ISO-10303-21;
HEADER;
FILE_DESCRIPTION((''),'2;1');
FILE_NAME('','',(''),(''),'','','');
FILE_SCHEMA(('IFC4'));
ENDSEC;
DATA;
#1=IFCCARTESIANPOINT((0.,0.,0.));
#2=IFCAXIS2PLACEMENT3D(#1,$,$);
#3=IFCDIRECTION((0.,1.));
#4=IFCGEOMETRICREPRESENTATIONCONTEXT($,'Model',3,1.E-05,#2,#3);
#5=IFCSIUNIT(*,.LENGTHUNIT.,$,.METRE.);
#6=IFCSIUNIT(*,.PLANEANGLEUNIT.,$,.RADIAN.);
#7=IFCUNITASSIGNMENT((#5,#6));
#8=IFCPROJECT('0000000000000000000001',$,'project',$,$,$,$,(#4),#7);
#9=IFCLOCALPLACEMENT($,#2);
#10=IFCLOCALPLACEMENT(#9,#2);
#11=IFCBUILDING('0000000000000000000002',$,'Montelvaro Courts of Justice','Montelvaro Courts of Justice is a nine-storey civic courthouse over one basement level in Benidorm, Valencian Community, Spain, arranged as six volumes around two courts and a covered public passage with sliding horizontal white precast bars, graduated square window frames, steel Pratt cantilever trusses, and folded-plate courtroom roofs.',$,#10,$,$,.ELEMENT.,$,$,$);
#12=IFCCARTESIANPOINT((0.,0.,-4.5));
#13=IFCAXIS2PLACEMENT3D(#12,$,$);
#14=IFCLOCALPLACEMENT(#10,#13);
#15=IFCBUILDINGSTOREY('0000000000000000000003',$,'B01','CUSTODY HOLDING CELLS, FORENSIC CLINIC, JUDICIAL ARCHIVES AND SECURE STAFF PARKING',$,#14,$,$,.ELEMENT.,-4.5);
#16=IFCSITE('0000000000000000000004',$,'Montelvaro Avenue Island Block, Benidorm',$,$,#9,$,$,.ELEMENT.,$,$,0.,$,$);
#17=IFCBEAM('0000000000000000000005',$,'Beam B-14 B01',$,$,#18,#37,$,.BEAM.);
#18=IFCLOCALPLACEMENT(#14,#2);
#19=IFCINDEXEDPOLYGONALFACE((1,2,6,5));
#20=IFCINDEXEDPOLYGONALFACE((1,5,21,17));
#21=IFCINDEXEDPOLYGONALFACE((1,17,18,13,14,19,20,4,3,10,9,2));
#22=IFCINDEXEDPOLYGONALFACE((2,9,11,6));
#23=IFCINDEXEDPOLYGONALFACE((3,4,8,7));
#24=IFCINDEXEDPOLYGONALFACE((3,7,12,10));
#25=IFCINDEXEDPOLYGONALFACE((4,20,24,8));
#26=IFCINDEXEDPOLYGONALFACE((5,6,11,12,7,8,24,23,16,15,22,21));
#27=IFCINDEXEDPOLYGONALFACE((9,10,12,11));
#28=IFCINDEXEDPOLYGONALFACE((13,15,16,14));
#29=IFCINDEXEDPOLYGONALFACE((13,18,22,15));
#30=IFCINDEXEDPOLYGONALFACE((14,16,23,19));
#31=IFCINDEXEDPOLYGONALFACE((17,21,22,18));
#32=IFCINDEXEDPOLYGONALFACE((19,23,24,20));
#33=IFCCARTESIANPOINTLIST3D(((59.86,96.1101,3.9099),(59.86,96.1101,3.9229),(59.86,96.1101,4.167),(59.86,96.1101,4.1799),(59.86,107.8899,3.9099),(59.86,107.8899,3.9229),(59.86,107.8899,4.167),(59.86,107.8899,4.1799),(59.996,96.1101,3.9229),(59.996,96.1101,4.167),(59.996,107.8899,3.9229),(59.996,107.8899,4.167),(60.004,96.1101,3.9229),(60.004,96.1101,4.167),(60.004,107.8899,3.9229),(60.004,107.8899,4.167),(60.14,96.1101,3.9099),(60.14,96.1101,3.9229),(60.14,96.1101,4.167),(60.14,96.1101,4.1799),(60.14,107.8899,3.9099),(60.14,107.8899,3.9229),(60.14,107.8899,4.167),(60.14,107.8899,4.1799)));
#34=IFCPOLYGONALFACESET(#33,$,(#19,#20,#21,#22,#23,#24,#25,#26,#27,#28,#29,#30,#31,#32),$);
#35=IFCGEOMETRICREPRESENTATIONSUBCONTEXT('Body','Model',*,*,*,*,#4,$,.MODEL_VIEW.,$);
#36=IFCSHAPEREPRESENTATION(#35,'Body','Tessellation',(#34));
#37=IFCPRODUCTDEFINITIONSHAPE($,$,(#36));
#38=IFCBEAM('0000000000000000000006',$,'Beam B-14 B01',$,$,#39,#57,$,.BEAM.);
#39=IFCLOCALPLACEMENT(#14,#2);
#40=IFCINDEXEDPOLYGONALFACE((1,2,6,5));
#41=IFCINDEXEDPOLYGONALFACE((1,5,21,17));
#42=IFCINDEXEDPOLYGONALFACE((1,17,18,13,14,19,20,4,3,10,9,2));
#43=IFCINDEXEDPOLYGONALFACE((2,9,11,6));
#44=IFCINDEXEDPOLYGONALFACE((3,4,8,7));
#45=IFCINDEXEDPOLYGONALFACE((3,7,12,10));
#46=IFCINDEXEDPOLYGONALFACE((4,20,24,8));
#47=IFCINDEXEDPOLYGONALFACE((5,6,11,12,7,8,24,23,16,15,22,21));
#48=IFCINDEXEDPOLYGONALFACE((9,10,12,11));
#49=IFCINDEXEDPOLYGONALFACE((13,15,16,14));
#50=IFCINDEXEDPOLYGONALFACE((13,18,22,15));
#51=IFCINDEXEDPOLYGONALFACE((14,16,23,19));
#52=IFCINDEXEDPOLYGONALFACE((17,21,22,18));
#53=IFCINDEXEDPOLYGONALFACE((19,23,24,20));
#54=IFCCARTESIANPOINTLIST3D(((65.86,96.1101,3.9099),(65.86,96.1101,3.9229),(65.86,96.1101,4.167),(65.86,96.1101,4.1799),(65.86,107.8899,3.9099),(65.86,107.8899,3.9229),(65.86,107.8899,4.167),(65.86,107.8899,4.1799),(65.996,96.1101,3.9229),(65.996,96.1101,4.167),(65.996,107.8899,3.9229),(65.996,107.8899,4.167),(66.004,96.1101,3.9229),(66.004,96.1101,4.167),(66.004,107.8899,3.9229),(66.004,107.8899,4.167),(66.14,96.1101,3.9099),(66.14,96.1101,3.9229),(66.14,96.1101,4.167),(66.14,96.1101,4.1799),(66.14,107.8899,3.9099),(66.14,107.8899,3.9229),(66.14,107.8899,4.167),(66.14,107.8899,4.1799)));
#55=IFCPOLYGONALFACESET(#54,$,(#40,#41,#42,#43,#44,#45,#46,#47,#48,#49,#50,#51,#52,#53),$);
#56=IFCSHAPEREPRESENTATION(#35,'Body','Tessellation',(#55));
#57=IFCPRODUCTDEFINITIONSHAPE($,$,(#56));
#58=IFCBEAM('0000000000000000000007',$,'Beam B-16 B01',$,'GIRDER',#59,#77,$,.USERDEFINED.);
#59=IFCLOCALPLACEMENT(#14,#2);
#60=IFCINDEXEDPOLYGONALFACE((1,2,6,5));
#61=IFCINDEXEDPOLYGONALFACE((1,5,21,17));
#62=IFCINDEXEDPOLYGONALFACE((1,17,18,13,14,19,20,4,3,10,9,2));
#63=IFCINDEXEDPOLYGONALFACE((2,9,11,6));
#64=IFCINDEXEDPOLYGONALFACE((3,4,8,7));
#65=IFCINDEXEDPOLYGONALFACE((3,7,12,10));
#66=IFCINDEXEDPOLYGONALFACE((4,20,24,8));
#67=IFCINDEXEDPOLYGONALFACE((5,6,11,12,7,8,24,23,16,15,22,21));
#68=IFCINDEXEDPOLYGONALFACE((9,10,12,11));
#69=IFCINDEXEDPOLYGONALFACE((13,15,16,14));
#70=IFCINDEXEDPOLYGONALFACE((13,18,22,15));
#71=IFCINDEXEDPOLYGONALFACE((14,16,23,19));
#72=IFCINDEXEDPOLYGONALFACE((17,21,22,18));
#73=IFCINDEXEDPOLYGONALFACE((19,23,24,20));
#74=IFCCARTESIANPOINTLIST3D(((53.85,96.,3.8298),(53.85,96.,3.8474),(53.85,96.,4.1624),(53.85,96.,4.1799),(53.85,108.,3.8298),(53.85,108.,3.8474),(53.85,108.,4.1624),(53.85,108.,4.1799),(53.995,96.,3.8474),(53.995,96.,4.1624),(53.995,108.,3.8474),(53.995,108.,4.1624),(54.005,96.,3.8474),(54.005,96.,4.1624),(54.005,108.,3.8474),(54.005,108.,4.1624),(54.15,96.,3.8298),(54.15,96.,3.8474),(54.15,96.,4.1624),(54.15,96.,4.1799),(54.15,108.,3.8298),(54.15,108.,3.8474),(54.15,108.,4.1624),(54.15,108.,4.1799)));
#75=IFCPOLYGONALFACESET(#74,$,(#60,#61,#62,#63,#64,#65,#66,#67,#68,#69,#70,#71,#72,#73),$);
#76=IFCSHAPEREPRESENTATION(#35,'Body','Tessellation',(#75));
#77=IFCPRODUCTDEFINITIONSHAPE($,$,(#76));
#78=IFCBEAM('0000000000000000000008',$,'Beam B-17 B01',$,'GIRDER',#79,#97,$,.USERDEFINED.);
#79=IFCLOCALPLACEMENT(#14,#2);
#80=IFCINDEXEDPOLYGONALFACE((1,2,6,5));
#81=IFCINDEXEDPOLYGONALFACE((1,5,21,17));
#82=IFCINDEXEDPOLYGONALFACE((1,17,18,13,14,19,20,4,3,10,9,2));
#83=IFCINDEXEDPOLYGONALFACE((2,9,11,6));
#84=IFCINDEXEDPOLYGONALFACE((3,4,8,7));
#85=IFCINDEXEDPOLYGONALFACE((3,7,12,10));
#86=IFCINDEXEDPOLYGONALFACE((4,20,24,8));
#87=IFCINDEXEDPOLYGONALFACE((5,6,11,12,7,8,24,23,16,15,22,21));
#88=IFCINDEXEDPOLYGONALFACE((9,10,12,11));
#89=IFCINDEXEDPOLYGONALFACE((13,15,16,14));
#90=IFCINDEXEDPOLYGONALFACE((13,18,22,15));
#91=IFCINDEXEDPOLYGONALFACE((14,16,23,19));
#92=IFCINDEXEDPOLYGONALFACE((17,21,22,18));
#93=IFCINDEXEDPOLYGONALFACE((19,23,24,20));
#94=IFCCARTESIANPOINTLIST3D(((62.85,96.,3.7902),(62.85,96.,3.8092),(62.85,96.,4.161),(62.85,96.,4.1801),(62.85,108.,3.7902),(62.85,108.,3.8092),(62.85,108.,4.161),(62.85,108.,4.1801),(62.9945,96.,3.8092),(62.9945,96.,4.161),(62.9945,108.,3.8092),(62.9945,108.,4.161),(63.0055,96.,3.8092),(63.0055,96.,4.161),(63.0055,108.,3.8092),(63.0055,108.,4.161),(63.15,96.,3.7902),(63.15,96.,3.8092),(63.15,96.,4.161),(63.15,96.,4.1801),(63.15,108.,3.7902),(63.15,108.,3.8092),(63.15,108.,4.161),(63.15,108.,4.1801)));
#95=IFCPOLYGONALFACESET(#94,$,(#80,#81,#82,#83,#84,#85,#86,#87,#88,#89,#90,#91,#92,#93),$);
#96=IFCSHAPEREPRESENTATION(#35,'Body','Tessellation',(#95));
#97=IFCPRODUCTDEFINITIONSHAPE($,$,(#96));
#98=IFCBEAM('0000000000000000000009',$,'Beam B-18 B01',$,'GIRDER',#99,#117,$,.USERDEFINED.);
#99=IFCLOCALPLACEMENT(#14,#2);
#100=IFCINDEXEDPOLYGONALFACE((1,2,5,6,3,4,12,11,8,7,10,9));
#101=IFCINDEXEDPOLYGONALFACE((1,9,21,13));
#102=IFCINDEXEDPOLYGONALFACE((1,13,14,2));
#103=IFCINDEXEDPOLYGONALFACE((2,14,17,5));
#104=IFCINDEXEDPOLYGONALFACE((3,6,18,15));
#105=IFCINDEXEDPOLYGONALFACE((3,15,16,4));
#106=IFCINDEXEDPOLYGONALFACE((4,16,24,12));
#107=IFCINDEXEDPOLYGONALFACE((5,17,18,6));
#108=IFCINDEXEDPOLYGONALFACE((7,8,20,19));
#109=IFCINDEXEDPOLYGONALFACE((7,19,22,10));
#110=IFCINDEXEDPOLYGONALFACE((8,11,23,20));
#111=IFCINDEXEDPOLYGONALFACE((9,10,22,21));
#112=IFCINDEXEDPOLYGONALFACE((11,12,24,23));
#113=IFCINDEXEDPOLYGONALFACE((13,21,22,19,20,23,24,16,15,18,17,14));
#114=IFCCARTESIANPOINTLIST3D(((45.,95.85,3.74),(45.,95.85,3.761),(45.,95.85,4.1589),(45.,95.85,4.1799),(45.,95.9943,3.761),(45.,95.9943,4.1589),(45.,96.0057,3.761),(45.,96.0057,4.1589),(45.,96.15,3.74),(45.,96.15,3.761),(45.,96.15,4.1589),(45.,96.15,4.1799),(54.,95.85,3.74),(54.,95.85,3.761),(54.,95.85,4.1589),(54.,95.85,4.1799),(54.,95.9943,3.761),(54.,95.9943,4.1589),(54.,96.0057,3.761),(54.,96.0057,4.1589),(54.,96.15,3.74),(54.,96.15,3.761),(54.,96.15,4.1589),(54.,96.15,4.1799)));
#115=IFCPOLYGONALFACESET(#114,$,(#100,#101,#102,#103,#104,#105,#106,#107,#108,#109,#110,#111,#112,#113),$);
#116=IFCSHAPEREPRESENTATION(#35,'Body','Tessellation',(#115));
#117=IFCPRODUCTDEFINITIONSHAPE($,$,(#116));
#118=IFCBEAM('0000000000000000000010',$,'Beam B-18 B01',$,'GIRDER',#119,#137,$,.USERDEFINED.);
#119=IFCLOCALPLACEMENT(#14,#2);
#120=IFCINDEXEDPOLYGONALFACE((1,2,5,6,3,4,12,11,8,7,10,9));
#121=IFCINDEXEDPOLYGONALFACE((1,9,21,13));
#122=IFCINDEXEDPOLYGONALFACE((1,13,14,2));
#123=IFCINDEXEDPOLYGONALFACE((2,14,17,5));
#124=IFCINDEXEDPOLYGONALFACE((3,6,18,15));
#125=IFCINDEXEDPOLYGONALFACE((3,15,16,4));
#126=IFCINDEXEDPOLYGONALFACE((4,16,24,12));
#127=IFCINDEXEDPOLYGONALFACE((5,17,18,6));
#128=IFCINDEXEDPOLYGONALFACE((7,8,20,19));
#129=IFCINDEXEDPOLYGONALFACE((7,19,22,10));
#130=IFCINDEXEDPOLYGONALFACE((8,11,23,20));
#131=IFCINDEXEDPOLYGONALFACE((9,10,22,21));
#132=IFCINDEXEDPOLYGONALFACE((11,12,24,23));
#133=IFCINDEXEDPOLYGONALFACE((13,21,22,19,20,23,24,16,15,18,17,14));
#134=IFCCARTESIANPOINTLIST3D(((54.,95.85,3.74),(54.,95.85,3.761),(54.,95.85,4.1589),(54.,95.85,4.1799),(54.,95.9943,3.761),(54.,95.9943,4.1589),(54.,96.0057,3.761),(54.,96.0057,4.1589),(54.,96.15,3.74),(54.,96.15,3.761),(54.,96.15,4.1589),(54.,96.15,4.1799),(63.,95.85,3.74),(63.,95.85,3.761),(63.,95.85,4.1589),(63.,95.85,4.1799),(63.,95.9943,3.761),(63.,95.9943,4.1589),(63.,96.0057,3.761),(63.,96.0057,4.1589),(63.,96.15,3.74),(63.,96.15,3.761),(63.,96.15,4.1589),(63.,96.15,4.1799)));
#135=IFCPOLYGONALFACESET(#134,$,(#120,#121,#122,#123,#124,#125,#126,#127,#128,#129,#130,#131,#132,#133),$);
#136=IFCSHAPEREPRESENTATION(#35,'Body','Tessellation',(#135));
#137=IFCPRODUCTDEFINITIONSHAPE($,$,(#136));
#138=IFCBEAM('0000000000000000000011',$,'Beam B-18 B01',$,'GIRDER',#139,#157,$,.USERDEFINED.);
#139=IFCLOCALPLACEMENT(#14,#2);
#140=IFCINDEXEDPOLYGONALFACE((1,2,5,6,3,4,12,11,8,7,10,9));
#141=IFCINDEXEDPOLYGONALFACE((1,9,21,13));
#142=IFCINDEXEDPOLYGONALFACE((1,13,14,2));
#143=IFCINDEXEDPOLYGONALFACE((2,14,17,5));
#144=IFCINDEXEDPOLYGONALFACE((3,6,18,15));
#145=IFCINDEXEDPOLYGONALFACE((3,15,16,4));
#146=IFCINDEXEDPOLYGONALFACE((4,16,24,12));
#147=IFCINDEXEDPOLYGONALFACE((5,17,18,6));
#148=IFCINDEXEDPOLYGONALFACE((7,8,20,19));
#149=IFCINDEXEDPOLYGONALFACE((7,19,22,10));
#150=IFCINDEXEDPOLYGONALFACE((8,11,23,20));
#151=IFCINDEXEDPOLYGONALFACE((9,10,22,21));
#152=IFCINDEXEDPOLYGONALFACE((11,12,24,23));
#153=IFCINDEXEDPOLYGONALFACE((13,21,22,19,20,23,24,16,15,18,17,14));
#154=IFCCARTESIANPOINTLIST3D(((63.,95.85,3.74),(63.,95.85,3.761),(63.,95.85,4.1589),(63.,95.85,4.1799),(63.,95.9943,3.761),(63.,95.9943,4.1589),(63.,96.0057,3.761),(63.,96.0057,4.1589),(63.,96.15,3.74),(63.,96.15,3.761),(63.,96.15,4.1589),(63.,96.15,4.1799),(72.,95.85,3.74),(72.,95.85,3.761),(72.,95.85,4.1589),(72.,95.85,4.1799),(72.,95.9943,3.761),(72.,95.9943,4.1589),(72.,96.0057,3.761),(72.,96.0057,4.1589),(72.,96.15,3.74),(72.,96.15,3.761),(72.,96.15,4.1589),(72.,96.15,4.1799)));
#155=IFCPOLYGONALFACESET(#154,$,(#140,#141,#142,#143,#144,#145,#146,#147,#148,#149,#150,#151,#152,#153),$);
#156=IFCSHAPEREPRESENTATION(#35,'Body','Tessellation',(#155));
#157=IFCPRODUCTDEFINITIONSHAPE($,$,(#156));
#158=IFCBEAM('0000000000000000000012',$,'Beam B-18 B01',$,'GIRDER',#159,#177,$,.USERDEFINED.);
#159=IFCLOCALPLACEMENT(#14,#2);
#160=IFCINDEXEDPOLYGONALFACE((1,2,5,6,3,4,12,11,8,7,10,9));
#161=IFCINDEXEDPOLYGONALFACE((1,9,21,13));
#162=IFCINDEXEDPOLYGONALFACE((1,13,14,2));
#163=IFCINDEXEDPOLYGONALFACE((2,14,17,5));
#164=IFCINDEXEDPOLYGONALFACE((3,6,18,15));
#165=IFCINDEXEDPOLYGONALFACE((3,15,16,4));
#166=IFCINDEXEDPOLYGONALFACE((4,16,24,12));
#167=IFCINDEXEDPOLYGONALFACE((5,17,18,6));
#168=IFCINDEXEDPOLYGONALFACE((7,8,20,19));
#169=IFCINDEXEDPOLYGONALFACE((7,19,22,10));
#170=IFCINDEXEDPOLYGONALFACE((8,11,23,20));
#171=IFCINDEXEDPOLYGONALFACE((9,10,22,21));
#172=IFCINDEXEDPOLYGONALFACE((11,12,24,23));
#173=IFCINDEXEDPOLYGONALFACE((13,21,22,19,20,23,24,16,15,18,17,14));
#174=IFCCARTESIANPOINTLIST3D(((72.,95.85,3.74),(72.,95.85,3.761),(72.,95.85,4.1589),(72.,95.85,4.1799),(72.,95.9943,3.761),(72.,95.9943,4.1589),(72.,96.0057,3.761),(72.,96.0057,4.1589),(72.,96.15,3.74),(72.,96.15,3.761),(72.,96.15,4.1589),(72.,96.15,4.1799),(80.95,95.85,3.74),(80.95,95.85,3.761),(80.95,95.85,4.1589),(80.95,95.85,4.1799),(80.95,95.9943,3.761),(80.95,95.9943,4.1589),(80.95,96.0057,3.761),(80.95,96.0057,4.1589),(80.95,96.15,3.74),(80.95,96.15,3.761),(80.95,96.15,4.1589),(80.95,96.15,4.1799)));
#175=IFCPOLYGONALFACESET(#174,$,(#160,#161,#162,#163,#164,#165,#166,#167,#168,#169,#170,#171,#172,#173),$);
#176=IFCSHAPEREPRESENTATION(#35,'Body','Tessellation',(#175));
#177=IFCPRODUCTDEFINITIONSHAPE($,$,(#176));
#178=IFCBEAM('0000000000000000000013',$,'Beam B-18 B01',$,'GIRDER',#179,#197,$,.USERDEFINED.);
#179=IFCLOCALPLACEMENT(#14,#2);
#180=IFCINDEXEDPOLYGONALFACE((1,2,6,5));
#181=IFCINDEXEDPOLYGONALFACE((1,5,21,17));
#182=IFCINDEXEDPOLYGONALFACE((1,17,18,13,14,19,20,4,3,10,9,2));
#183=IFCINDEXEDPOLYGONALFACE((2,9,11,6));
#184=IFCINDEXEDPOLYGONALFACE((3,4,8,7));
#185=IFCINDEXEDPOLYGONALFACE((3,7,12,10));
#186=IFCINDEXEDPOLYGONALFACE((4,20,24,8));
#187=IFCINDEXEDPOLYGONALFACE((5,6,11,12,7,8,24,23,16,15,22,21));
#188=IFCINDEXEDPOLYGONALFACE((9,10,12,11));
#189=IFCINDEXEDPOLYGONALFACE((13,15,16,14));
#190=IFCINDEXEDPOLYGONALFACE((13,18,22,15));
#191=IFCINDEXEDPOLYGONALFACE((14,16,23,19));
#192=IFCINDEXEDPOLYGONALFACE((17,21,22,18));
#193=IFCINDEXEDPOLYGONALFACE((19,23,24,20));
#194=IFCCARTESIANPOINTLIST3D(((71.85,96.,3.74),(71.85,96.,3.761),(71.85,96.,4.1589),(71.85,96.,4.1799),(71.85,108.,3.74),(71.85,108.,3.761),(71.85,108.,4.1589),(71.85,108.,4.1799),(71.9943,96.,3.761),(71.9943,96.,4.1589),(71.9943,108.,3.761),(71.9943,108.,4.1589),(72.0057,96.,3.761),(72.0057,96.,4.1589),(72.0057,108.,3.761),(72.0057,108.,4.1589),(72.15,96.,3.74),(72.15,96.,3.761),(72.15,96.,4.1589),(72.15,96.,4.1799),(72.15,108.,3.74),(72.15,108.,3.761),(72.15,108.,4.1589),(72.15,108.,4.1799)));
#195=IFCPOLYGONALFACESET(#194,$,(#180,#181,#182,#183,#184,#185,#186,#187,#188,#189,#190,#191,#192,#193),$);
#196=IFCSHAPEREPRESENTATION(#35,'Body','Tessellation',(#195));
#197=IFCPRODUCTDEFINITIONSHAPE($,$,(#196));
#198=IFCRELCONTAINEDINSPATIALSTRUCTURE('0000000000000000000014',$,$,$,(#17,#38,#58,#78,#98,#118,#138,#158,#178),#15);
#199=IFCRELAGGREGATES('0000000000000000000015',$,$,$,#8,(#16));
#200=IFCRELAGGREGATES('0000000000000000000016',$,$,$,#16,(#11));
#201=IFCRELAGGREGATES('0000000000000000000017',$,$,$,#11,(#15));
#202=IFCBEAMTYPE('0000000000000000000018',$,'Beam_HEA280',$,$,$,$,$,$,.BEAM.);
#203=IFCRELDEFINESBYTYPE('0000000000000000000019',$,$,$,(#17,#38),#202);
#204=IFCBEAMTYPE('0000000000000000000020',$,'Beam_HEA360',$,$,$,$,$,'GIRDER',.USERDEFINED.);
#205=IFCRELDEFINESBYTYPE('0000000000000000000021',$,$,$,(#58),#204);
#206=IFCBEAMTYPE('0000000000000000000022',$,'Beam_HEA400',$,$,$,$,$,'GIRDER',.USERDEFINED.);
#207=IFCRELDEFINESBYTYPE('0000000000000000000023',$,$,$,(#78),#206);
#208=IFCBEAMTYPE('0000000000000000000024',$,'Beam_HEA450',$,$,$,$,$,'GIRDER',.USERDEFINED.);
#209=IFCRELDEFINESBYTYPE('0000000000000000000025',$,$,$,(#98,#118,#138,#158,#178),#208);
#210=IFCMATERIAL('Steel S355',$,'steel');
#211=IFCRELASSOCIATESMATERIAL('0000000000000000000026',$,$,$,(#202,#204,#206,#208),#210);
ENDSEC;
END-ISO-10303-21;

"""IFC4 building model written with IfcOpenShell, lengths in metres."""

from ifc_helpers import new_model, si_unit, direction, frame, origin, origin_2d, place, context, subcontext, project, spatial, i_section, extrude, material, material_profile, profile_set, type_object, element, save


model = new_model("IFC4")

# Units and contexts
model_context = context("Model", 3, precision=1e-05, world=origin(), true_north=direction((0.0, 1.0)))
body_context = subcontext(model_context, "Body", "Model", "MODEL_VIEW")
ifc_project = project(units=[si_unit("LENGTHUNIT", "METRE"), si_unit("PLANEANGLEUNIT", "RADIAN")], contexts=[model_context])

# Site, building, storey
site_placement = place(None, origin())
site = spatial("IfcSite", under=ifc_project, at=site_placement, Name="Montelvaro Avenue Island Block, Benidorm", CompositionType="ELEMENT", RefElevation=0.0)
building_placement = place(site_placement, origin())
building = spatial("IfcBuilding", under=site, at=building_placement, Name="Montelvaro Courts of Justice", Description="Montelvaro Courts of Justice is a nine-storey civic courthouse over one basement level in Benidorm, Valencian Community, Spain, arranged as six volumes around two courts and a covered public passage with sliding horizontal white precast bars, graduated square window frames, steel Pratt cantilever trusses, and folded-plate courtroom roofs.", CompositionType="ELEMENT")
storey_placement = place(building_placement, frame((0.0, 0.0, -4.5)))
storey = spatial("IfcBuildingStorey", under=building, at=storey_placement, Name="B01", Description="CUSTODY HOLDING CELLS, FORENSIC CLINIC, JUDICIAL ARCHIVES AND SECURE STAFF PARKING", CompositionType="ELEMENT", Elevation=-4.5)

# Beams
ifc_material_1 = material(Name="Steel S355", Category="steel")
ifc_material_profile_1 = material_profile(ifc_material_1, i_section(OverallWidth=0.28, OverallDepth=0.27, WebThickness=0.0081, FlangeThickness=0.0129, at=origin_2d()), Name="HEA 280")
ifc_profile_set_1 = profile_set([ifc_material_profile_1], Name="Steel S355")
beam_type_1 = type_object("IfcBeamType", Name="Beam_HEA280", PredefinedType="BEAM", material=ifc_profile_set_1)
for number, where, z_axis, x_axis, name in (
    (1, (60.0, 96.1101, 4.0449), (0.0, 1.0, 0.0), (-1.0, 0.0, 0.0), "Beam B-14 B01"),
    (2, (66.0, 96.1101, 4.0449), (0.0, 1.0, 0.0), (-1.0, 0.0, 0.0), "Beam B-14 B01"),
):
    element("IfcBeam", number, at=place(storey_placement, frame(where, z_axis=z_axis, x_axis=x_axis)), inside=storey, type_object=beam_type_1, Name=name, PredefinedType="BEAM", context=body_context, shape_type="SweptSolid", body=[
        extrude(i_section(OverallWidth=0.28, OverallDepth=0.27, WebThickness=0.0081, FlangeThickness=0.0129, at=origin_2d()), origin(), (0.0, 0.0, 1.0), 11.7798),
    ])
ifc_material_profile_2 = material_profile(ifc_material_1, i_section(OverallWidth=0.3, OverallDepth=0.3501, WebThickness=0.01, FlangeThickness=0.0176, at=origin_2d()), Name="HEA 360")
ifc_profile_set_2 = profile_set([ifc_material_profile_2], Name="Steel S355")
beam_type_2 = type_object("IfcBeamType", Name="Beam_HEA360", ElementType="GIRDER", PredefinedType="USERDEFINED", material=ifc_profile_set_2)
beam_1_placement = place(storey_placement, frame((54.0, 96.0, 4.0049), z_axis=(0.0, 1.0, 0.0), x_axis=(-1.0, 0.0, 0.0)))
element("IfcBeam", 3, at=beam_1_placement, inside=storey, type_object=beam_type_2, Name="Beam B-16 B01", ObjectType="GIRDER", PredefinedType="USERDEFINED", context=body_context, shape_type="SweptSolid", body=[
    extrude(i_section(OverallWidth=0.3, OverallDepth=0.3501, WebThickness=0.01, FlangeThickness=0.0176, at=origin_2d()), origin(), (0.0, 0.0, 1.0), 12.0),
])
ifc_material_profile_3 = material_profile(ifc_material_1, i_section(OverallWidth=0.3, OverallDepth=0.3899, WebThickness=0.011, FlangeThickness=0.019, at=origin_2d()), Name="HEA 400")
ifc_profile_set_3 = profile_set([ifc_material_profile_3], Name="Steel S355")
beam_type_3 = type_object("IfcBeamType", Name="Beam_HEA400", ElementType="GIRDER", PredefinedType="USERDEFINED", material=ifc_profile_set_3)
beam_2_placement = place(storey_placement, frame((63.0, 96.0, 3.9851), z_axis=(0.0, 1.0, 0.0), x_axis=(-1.0, 0.0, 0.0)))
element("IfcBeam", 4, at=beam_2_placement, inside=storey, type_object=beam_type_3, Name="Beam B-17 B01", ObjectType="GIRDER", PredefinedType="USERDEFINED", context=body_context, shape_type="SweptSolid", body=[
    extrude(i_section(OverallWidth=0.3, OverallDepth=0.3899, WebThickness=0.011, FlangeThickness=0.019, at=origin_2d()), origin(), (0.0, 0.0, 1.0), 12.0),
])
ifc_material_profile_4 = material_profile(ifc_material_1, i_section(OverallWidth=0.3, OverallDepth=0.4399, WebThickness=0.0115, FlangeThickness=0.021, at=origin_2d()), Name="HEA 450")
ifc_profile_set_4 = profile_set([ifc_material_profile_4], Name="Steel S355")
beam_type_4 = type_object("IfcBeamType", Name="Beam_HEA450", ElementType="GIRDER", PredefinedType="USERDEFINED", material=ifc_profile_set_4)
for number, where, z_axis, x_axis, name in (
    (5, (45.0, 96.0, 3.96), (1.0, 0.0, 0.0), (0.0, 1.0, 0.0), "Beam B-18 B01"),
    (6, (54.0, 96.0, 3.96), (1.0, 0.0, 0.0), (0.0, 1.0, 0.0), "Beam B-18 B01"),
    (7, (63.0, 96.0, 3.96), (1.0, 0.0, 0.0), (0.0, 1.0, 0.0), "Beam B-18 B01"),
):
    element("IfcBeam", number, at=place(storey_placement, frame(where, z_axis=z_axis, x_axis=x_axis)), inside=storey, type_object=beam_type_4, Name=name, ObjectType="GIRDER", PredefinedType="USERDEFINED", context=body_context, shape_type="SweptSolid", body=[
        extrude(i_section(OverallWidth=0.3, OverallDepth=0.4399, WebThickness=0.0115, FlangeThickness=0.021, at=origin_2d()), origin(), (0.0, 0.0, 1.0), 9.0),
    ])
beam_3_placement = place(storey_placement, frame((72.0, 96.0, 3.96), z_axis=(1.0, 0.0, 0.0), x_axis=(0.0, 1.0, 0.0)))
element("IfcBeam", 8, at=beam_3_placement, inside=storey, type_object=beam_type_4, Name="Beam B-18 B01", ObjectType="GIRDER", PredefinedType="USERDEFINED", context=body_context, shape_type="SweptSolid", body=[
    extrude(i_section(OverallWidth=0.3, OverallDepth=0.4399, WebThickness=0.0115, FlangeThickness=0.021, at=origin_2d()), origin(), (0.0, 0.0, 1.0), 8.95),
])
beam_4_placement = place(storey_placement, frame((72.0, 96.0, 3.96), z_axis=(0.0, 1.0, 0.0), x_axis=(-1.0, 0.0, 0.0)))
element("IfcBeam", 9, at=beam_4_placement, inside=storey, type_object=beam_type_4, Name="Beam B-18 B01", ObjectType="GIRDER", PredefinedType="USERDEFINED", context=body_context, shape_type="SweptSolid", body=[
    extrude(i_section(OverallWidth=0.3, OverallDepth=0.4399, WebThickness=0.0115, FlangeThickness=0.021, at=origin_2d()), origin(), (0.0, 0.0, 1.0), 12.0),
])

save(model, "model.ifc")
